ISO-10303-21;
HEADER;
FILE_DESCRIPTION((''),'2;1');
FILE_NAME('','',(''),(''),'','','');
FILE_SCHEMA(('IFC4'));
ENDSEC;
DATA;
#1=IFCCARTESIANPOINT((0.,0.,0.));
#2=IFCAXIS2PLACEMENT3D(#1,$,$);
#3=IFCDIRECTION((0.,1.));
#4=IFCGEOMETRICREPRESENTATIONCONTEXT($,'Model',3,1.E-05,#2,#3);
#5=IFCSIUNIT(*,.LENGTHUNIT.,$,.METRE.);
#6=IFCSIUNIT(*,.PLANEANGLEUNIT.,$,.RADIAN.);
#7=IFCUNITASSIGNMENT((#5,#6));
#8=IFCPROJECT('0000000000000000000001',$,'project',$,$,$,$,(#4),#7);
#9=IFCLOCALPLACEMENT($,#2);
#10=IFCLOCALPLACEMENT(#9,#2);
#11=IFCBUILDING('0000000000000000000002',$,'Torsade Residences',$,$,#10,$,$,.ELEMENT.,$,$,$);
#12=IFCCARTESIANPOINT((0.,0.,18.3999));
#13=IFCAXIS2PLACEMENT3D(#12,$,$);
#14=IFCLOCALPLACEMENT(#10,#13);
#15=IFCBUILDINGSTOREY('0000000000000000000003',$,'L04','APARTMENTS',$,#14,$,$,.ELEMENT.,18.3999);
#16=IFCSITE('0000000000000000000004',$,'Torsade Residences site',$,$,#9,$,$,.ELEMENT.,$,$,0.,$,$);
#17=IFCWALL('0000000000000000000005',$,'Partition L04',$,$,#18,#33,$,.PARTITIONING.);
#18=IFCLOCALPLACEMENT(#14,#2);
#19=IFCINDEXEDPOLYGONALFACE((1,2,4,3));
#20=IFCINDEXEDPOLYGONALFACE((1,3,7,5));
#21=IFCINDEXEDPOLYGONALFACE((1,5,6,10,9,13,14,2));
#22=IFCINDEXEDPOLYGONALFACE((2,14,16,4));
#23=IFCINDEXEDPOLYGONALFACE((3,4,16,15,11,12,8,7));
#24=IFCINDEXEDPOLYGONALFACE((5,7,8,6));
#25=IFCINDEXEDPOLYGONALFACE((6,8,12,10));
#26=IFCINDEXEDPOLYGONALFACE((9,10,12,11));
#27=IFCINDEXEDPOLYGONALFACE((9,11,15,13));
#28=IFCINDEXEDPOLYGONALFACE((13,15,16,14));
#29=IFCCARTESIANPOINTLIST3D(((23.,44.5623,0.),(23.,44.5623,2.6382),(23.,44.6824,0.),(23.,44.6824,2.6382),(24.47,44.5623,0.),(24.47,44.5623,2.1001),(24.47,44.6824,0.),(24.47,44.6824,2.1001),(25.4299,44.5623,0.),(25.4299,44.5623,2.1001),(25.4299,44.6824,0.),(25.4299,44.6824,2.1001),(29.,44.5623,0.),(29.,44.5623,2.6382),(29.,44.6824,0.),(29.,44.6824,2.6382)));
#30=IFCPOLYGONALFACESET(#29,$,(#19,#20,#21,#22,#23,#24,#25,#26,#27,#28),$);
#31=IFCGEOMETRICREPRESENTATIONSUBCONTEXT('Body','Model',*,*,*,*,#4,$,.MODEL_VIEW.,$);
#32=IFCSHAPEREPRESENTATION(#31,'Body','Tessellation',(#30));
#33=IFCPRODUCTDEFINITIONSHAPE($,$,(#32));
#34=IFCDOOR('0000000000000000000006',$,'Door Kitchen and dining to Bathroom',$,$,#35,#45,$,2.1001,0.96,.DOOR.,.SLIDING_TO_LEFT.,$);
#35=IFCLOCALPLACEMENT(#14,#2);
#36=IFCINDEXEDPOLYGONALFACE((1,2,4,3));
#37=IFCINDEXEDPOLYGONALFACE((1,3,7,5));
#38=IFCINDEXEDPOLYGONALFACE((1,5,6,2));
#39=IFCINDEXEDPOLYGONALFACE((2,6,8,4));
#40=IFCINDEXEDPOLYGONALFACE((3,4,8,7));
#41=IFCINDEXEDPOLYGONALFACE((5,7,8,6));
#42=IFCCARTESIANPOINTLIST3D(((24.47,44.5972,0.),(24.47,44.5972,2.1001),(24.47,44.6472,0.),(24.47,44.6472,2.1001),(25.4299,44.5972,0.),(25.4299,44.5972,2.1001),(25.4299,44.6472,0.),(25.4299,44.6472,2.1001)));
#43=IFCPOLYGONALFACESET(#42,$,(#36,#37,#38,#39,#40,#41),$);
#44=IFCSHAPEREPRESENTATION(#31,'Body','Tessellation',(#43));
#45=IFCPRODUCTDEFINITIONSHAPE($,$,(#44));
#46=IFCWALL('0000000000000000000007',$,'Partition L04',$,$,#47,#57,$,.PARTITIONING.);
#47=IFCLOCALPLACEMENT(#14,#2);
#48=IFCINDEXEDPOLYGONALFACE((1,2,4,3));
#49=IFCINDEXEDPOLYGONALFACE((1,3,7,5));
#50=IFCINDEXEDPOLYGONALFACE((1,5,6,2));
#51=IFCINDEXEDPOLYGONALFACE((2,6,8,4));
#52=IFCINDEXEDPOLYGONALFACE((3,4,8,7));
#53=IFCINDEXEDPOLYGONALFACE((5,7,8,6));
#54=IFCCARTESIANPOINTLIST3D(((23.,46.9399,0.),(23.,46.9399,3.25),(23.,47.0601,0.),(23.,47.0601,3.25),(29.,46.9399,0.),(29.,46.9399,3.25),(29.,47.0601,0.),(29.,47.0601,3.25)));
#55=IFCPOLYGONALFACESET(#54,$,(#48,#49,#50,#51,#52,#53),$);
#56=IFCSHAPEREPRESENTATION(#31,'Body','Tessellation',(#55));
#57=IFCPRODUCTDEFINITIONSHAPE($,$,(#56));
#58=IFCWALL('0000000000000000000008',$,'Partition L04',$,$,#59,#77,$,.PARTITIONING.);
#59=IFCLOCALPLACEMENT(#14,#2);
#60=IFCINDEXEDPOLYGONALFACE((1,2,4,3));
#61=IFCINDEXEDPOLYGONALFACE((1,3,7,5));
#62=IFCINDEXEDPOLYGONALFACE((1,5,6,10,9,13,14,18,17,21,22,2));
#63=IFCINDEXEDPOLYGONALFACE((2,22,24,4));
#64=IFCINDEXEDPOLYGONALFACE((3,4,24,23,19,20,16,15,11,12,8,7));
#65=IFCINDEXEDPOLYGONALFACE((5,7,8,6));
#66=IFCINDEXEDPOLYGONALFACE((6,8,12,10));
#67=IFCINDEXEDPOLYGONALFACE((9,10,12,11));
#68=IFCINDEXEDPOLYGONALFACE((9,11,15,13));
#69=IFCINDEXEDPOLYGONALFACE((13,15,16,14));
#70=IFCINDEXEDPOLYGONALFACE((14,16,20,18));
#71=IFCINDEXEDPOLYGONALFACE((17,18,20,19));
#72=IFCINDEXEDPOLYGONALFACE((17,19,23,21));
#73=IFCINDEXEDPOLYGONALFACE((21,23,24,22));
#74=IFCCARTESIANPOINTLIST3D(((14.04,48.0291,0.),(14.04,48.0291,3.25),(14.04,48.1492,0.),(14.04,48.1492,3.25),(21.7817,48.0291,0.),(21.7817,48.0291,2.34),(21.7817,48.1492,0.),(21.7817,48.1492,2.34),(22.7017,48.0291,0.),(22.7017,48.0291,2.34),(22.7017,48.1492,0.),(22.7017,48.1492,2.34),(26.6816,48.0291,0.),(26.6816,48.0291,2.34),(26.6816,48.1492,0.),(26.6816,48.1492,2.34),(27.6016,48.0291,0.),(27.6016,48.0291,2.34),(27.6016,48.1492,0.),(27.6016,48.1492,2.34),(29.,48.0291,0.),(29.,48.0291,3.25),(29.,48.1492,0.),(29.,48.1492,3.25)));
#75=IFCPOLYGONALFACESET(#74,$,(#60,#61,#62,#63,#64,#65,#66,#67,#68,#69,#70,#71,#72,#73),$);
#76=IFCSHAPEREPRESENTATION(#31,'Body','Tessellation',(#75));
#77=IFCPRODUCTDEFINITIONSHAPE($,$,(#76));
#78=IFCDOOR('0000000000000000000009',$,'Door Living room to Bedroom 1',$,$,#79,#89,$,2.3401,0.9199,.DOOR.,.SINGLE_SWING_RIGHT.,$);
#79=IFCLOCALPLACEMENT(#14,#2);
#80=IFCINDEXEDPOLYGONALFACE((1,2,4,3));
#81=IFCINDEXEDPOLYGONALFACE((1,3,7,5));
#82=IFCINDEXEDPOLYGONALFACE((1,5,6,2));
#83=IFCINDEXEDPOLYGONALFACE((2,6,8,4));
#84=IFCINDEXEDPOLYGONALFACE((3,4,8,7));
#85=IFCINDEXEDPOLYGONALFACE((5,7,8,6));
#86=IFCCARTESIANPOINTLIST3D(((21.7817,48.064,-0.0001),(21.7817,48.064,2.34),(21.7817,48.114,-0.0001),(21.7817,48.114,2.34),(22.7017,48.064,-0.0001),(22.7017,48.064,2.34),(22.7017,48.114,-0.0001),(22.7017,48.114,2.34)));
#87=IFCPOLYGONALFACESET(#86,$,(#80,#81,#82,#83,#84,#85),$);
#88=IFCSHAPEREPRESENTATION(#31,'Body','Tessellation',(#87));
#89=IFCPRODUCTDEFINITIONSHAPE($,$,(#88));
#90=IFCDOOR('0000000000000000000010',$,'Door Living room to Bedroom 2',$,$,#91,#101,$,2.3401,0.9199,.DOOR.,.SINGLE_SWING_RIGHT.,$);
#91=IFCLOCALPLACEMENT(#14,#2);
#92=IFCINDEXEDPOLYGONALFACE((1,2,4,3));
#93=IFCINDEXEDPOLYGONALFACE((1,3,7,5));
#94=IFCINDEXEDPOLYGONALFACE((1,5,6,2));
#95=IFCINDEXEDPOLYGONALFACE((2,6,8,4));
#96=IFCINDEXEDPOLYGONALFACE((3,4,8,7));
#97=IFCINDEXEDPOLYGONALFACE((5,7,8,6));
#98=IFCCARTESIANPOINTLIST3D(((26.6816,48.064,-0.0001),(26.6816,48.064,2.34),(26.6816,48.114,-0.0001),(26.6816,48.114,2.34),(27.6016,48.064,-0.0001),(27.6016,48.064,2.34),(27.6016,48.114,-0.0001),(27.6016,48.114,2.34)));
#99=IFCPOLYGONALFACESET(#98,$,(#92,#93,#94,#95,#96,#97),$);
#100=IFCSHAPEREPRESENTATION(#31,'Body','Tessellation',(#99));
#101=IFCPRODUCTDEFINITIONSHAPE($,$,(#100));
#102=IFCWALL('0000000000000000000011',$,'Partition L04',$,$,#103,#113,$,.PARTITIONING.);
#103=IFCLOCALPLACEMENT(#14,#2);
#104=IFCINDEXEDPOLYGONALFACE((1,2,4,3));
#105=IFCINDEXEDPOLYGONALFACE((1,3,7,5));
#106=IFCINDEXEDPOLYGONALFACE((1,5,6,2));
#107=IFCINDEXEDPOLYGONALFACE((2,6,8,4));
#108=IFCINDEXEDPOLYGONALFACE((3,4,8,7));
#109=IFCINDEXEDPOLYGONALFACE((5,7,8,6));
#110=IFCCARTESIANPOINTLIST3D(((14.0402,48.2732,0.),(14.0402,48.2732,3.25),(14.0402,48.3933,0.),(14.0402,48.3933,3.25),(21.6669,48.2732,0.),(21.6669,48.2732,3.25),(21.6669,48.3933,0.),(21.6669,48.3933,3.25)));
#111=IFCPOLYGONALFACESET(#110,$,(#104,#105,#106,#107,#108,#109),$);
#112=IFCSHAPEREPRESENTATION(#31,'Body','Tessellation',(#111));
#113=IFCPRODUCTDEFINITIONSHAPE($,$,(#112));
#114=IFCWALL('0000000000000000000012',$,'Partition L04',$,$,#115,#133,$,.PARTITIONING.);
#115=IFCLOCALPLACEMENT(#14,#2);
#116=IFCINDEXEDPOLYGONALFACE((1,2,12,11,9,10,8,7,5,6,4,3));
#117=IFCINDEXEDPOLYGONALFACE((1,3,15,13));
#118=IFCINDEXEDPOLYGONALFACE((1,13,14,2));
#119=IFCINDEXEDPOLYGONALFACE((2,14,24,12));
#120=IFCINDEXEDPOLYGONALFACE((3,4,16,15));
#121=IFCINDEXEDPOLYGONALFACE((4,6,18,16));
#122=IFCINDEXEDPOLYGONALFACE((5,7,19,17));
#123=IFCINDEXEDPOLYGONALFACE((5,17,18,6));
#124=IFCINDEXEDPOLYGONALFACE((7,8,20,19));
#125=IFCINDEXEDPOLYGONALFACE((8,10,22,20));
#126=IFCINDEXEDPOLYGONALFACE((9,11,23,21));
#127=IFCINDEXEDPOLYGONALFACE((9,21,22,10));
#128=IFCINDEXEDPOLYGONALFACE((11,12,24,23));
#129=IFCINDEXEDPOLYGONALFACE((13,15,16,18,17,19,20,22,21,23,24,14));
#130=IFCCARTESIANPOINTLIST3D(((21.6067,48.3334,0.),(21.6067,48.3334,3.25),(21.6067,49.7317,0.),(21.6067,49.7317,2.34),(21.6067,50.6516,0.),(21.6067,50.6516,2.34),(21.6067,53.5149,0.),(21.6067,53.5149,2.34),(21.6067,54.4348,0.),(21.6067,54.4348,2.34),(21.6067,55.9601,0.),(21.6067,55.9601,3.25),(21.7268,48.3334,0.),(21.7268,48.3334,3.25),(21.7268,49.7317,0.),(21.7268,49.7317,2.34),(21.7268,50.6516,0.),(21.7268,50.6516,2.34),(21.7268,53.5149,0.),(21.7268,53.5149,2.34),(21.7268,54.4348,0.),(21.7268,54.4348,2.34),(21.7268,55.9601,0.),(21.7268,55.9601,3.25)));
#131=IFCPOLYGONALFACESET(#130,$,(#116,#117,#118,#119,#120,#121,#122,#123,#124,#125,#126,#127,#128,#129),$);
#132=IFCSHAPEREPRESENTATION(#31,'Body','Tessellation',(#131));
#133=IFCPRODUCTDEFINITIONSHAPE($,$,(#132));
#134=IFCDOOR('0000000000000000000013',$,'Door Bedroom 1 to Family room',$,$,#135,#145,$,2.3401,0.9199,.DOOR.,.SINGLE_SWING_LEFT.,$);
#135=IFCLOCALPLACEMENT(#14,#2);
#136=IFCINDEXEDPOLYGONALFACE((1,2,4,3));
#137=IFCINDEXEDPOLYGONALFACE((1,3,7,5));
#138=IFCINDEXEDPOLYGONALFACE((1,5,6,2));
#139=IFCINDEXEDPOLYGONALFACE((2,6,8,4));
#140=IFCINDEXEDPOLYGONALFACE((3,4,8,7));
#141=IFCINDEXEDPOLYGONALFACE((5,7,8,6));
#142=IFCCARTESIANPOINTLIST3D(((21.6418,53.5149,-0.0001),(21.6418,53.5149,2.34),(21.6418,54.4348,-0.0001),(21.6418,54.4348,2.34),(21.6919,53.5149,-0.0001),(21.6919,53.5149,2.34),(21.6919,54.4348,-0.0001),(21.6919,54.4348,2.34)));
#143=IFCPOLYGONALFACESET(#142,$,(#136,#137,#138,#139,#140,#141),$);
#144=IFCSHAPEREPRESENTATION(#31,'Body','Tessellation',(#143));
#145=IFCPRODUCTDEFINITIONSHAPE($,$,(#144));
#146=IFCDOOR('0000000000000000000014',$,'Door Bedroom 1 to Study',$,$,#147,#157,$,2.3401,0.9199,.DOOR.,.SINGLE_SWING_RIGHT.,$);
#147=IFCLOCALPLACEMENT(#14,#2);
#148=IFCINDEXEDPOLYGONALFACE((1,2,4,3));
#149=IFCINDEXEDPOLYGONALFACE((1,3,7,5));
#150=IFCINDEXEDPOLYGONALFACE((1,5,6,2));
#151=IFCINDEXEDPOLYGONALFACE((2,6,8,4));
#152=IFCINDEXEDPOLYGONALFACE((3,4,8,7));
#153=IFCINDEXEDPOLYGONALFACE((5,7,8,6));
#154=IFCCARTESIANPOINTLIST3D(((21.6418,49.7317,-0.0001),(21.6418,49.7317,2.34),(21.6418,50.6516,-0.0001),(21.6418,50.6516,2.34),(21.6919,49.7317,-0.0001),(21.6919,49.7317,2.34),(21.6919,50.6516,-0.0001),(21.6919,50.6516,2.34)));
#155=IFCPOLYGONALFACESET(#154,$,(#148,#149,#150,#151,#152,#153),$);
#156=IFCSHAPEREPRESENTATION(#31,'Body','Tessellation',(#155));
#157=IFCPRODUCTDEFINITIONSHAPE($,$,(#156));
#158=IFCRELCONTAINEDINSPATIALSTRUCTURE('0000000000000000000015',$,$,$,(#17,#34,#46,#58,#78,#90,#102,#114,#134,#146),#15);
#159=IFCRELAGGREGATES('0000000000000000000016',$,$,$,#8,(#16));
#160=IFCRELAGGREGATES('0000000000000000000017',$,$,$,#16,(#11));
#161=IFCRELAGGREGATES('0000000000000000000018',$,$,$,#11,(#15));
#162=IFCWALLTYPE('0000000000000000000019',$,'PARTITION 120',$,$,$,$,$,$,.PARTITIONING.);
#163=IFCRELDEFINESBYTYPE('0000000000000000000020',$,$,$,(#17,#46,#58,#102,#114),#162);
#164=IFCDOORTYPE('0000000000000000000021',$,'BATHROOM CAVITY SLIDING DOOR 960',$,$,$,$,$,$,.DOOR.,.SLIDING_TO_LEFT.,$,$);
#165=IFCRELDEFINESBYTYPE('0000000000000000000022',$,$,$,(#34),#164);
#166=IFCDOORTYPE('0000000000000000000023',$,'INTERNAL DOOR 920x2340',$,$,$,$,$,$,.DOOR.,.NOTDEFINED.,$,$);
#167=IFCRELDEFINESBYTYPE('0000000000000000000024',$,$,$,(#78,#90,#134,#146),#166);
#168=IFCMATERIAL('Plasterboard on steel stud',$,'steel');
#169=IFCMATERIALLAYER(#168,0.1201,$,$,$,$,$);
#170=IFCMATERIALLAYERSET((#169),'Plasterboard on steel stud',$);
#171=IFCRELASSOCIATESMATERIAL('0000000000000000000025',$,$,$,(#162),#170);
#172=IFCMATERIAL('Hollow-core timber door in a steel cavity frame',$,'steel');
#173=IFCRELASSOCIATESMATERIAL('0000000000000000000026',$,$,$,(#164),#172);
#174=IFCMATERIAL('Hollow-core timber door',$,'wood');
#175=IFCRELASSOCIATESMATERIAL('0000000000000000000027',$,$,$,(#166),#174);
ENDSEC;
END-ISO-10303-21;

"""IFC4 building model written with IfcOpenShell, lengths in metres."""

from ifc_helpers import new_model, si_unit, direction, frame, frame_2d, origin, place, context, subcontext, project, spatial, rectangle, extrude, material, layer, layer_set, type_object, element, fill, save


model = new_model("IFC4")

# Units and contexts
model_context = context("Model", 3, precision=1e-05, world=origin(), true_north=direction((0.0, 1.0)))
body_context = subcontext(model_context, "Body", "Model", "MODEL_VIEW")
ifc_project = project(units=[si_unit("LENGTHUNIT", "METRE"), si_unit("PLANEANGLEUNIT", "RADIAN")], contexts=[model_context])

# Site, building, storey
site_placement = place(None, origin())
site = spatial("IfcSite", under=ifc_project, at=site_placement, Name="Torsade Residences site", CompositionType="ELEMENT", RefElevation=0.0)
building_placement = place(site_placement, origin())
building = spatial("IfcBuilding", under=site, at=building_placement, Name="Torsade Residences", CompositionType="ELEMENT")
storey_placement = place(building_placement, frame((0.0, 0.0, 18.3999)))
storey = spatial("IfcBuildingStorey", under=building, at=storey_placement, Name="L04", Description="APARTMENTS", CompositionType="ELEMENT", Elevation=18.3999)

# Wall, opening, door
ifc_material_1 = material(Name="Plasterboard on steel stud", Category="steel")
ifc_layer_1 = layer(ifc_material_1, 0.1201)
ifc_layer_set_1 = layer_set([ifc_layer_1], Name="Plasterboard on steel stud")
wall_type_1 = type_object("IfcWallType", Name="PARTITION 120", PredefinedType="PARTITIONING", material=ifc_layer_set_1)
wall_1_placement = place(storey_placement, frame((23.0, 44.6223, 0.0), z_axis=(0.0, 0.0, 1.0), x_axis=(1.0, 0.0, 0.0)))
wall_1 = element("IfcWall", 1, at=wall_1_placement, inside=storey, type_object=wall_type_1, Name="Partition L04", PredefinedType="PARTITIONING", context=body_context, shape_type="SweptSolid", body=[
    extrude(rectangle(XDim=6.0, YDim=0.1201, at=frame_2d((3.0, 0.0))), origin(), (0.0, 0.0, 1.0), 2.6382),
])
opening_1_placement = place(wall_1_placement, frame((1.47, 0.0, 0.0)))
opening_1 = element("IfcOpeningElement", 2, at=opening_1_placement, cuts=wall_1, PredefinedType="OPENING", context=body_context, shape_type="SweptSolid", body=[
    extrude(rectangle(XDim=0.96, YDim=2.1001, at=frame_2d((0.48, 1.05))), frame((0.0, 0.0701, 0.0), z_axis=(0.0, -1.0, 0.0), x_axis=(1.0, 0.0, 0.0)), (0.0, 0.0, 1.0), 0.1401),
])
ifc_material_2 = material(Name="Hollow-core timber door in a steel cavity frame", Category="steel")
door_type_1 = type_object("IfcDoorType", Name="BATHROOM CAVITY SLIDING DOOR 960", OperationType="SLIDING_TO_LEFT", PredefinedType="DOOR", material=ifc_material_2)
door_1_placement = place(opening_1_placement, origin())
door_1 = element("IfcDoor", 3, at=door_1_placement, inside=storey, type_object=door_type_1, Name="Door Kitchen and dining to Bathroom", OperationType="SLIDING_TO_LEFT", OverallHeight=2.1001, OverallWidth=0.96, PredefinedType="DOOR", context=body_context, shape_type="SweptSolid", body=[
    extrude(rectangle(XDim=0.96, YDim=2.1001, at=frame_2d((0.48, 1.05))), frame((0.0, 0.0249, 0.0), z_axis=(0.0, -1.0, 0.0), x_axis=(1.0, 0.0, 0.0)), (0.0, 0.0, 1.0), 0.05),
])
fill(opening_1, door_1)

# Wall
wall_2_placement = place(storey_placement, frame((23.0, 47.0, 0.0), z_axis=(0.0, 0.0, 1.0), x_axis=(1.0, 0.0, 0.0)))
element("IfcWall", 4, at=wall_2_placement, inside=storey, type_object=wall_type_1, Name="Partition L04", PredefinedType="PARTITIONING", context=body_context, shape_type="SweptSolid", body=[
    extrude(rectangle(XDim=6.0, YDim=0.1201, at=frame_2d((3.0, 0.0))), origin(), (0.0, 0.0, 1.0), 3.25),
])

# Wall, openings, doors
wall_3_placement = place(storey_placement, frame((14.04, 48.0891, 0.0), z_axis=(0.0, 0.0, 1.0), x_axis=(1.0, 0.0, 0.0)))
wall_3 = element("IfcWall", 5, at=wall_3_placement, inside=storey, type_object=wall_type_1, Name="Partition L04", PredefinedType="PARTITIONING", context=body_context, shape_type="SweptSolid", body=[
    extrude(rectangle(XDim=14.96, YDim=0.1201, at=frame_2d((7.48, 0.0))), origin(), (0.0, 0.0, 1.0), 3.25),
])
opening_2_placement = place(wall_3_placement, frame((7.7417, 0.0, 0.0)))
opening_2 = element("IfcOpeningElement", 6, at=opening_2_placement, cuts=wall_3, PredefinedType="OPENING", context=body_context, shape_type="SweptSolid", body=[
    extrude(rectangle(XDim=0.9199, YDim=2.3401, at=frame_2d((0.46, 1.1699))), frame((0.0, 0.0701, 0.0), z_axis=(0.0, -1.0, 0.0), x_axis=(1.0, 0.0, 0.0)), (0.0, 0.0, 1.0), 0.1401),
])
opening_3_placement = place(wall_3_placement, frame((12.6416, 0.0, 0.0)))
opening_3 = element("IfcOpeningElement", 7, at=opening_3_placement, cuts=wall_3, PredefinedType="OPENING", context=body_context, shape_type="SweptSolid", body=[
    extrude(rectangle(XDim=0.9199, YDim=2.3401, at=frame_2d((0.46, 1.1699))), frame((0.0, 0.0701, 0.0), z_axis=(0.0, -1.0, 0.0), x_axis=(1.0, 0.0, 0.0)), (0.0, 0.0, 1.0), 0.1401),
])
ifc_material_3 = material(Name="Hollow-core timber door", Category="wood")
door_type_2 = type_object("IfcDoorType", Name="INTERNAL DOOR 920x2340", OperationType="NOTDEFINED", PredefinedType="DOOR", material=ifc_material_3)
door_2_placement = place(opening_2_placement, origin())
door_2 = element("IfcDoor", 8, at=door_2_placement, inside=storey, type_object=door_type_2, Name="Door Living room to Bedroom 1", OperationType="SINGLE_SWING_RIGHT", OverallHeight=2.3401, OverallWidth=0.9199, PredefinedType="DOOR", context=body_context, shape_type="SweptSolid", body=[
    extrude(rectangle(XDim=0.9199, YDim=2.3401, at=frame_2d((0.46, 1.1699))), frame((0.0, 0.0249, 0.0), z_axis=(0.0, -1.0, 0.0), x_axis=(1.0, 0.0, 0.0)), (0.0, 0.0, 1.0), 0.05),
])
fill(opening_2, door_2)
door_3_placement = place(opening_3_placement, origin())
door_3 = element("IfcDoor", 9, at=door_3_placement, inside=storey, type_object=door_type_2, Name="Door Living room to Bedroom 2", OperationType="SINGLE_SWING_RIGHT", OverallHeight=2.3401, OverallWidth=0.9199, PredefinedType="DOOR", context=body_context, shape_type="SweptSolid", body=[
    extrude(rectangle(XDim=0.9199, YDim=2.3401, at=frame_2d((0.46, 1.1699))), frame((0.0, 0.0249, 0.0), z_axis=(0.0, -1.0, 0.0), x_axis=(1.0, 0.0, 0.0)), (0.0, 0.0, 1.0), 0.05),
])
fill(opening_3, door_3)

# Wall
wall_4_placement = place(storey_placement, frame((14.04, 48.3333, 0.0), z_axis=(0.0, 0.0, 1.0), x_axis=(1.0, 0.0, 0.0)))
element("IfcWall", 10, at=wall_4_placement, inside=storey, type_object=wall_type_1, Name="Partition L04", PredefinedType="PARTITIONING", context=body_context, shape_type="SweptSolid", body=[
    extrude(rectangle(XDim=7.6267, YDim=0.1201, at=frame_2d((3.8135, 0.0))), origin(), (0.0, 0.0, 1.0), 3.25),
])

# Wall, openings, doors
wall_5_placement = place(storey_placement, frame((21.6667, 48.3333, 0.0), z_axis=(0.0, 0.0, 1.0), x_axis=(0.0, 1.0, 0.0)))
wall_5 = element("IfcWall", 11, at=wall_5_placement, inside=storey, type_object=wall_type_1, Name="Partition L04", PredefinedType="PARTITIONING", context=body_context, shape_type="SweptSolid", body=[
    extrude(rectangle(XDim=7.6267, YDim=0.1201, at=frame_2d((3.8135, 0.0))), origin(), (0.0, 0.0, 1.0), 3.25),
])
opening_4_placement = place(wall_5_placement, frame((5.1816, 0.0, 0.0)))
opening_4 = element("IfcOpeningElement", 12, at=opening_4_placement, cuts=wall_5, PredefinedType="OPENING", context=body_context, shape_type="SweptSolid", body=[
    extrude(rectangle(XDim=0.9199, YDim=2.3401, at=frame_2d((0.46, 1.1699))), frame((0.0, 0.0701, 0.0), z_axis=(0.0, -1.0, 0.0), x_axis=(1.0, 0.0, 0.0)), (0.0, 0.0, 1.0), 0.1401),
])
opening_5_placement = place(wall_5_placement, frame((1.3984, 0.0, 0.0)))
opening_5 = element("IfcOpeningElement", 13, at=opening_5_placement, cuts=wall_5, PredefinedType="OPENING", context=body_context, shape_type="SweptSolid", body=[
    extrude(rectangle(XDim=0.9199, YDim=2.3401, at=frame_2d((0.46, 1.1699))), frame((0.0, 0.0701, 0.0), z_axis=(0.0, -1.0, 0.0), x_axis=(1.0, 0.0, 0.0)), (0.0, 0.0, 1.0), 0.1401),
])
door_4_placement = place(opening_4_placement, origin())
door_4 = element("IfcDoor", 14, at=door_4_placement, inside=storey, type_object=door_type_2, Name="Door Bedroom 1 to Family room", OperationType="SINGLE_SWING_LEFT", OverallHeight=2.3401, OverallWidth=0.9199, PredefinedType="DOOR", context=body_context, shape_type="SweptSolid", body=[
    extrude(rectangle(XDim=0.9199, YDim=2.3401, at=frame_2d((0.46, 1.1699))), frame((0.0, 0.0249, 0.0), z_axis=(0.0, -1.0, 0.0), x_axis=(1.0, 0.0, 0.0)), (0.0, 0.0, 1.0), 0.05),
])
fill(opening_4, door_4)
door_5_placement = place(opening_5_placement, origin())
door_5 = element("IfcDoor", 15, at=door_5_placement, inside=storey, type_object=door_type_2, Name="Door Bedroom 1 to Study", OperationType="SINGLE_SWING_RIGHT", OverallHeight=2.3401, OverallWidth=0.9199, PredefinedType="DOOR", context=body_context, shape_type="SweptSolid", body=[
    extrude(rectangle(XDim=0.9199, YDim=2.3401, at=frame_2d((0.46, 1.1699))), frame((0.0, 0.0249, 0.0), z_axis=(0.0, -1.0, 0.0), x_axis=(1.0, 0.0, 0.0)), (0.0, 0.0, 1.0), 0.05),
])
fill(opening_5, door_5)

save(model, "model.ifc")
